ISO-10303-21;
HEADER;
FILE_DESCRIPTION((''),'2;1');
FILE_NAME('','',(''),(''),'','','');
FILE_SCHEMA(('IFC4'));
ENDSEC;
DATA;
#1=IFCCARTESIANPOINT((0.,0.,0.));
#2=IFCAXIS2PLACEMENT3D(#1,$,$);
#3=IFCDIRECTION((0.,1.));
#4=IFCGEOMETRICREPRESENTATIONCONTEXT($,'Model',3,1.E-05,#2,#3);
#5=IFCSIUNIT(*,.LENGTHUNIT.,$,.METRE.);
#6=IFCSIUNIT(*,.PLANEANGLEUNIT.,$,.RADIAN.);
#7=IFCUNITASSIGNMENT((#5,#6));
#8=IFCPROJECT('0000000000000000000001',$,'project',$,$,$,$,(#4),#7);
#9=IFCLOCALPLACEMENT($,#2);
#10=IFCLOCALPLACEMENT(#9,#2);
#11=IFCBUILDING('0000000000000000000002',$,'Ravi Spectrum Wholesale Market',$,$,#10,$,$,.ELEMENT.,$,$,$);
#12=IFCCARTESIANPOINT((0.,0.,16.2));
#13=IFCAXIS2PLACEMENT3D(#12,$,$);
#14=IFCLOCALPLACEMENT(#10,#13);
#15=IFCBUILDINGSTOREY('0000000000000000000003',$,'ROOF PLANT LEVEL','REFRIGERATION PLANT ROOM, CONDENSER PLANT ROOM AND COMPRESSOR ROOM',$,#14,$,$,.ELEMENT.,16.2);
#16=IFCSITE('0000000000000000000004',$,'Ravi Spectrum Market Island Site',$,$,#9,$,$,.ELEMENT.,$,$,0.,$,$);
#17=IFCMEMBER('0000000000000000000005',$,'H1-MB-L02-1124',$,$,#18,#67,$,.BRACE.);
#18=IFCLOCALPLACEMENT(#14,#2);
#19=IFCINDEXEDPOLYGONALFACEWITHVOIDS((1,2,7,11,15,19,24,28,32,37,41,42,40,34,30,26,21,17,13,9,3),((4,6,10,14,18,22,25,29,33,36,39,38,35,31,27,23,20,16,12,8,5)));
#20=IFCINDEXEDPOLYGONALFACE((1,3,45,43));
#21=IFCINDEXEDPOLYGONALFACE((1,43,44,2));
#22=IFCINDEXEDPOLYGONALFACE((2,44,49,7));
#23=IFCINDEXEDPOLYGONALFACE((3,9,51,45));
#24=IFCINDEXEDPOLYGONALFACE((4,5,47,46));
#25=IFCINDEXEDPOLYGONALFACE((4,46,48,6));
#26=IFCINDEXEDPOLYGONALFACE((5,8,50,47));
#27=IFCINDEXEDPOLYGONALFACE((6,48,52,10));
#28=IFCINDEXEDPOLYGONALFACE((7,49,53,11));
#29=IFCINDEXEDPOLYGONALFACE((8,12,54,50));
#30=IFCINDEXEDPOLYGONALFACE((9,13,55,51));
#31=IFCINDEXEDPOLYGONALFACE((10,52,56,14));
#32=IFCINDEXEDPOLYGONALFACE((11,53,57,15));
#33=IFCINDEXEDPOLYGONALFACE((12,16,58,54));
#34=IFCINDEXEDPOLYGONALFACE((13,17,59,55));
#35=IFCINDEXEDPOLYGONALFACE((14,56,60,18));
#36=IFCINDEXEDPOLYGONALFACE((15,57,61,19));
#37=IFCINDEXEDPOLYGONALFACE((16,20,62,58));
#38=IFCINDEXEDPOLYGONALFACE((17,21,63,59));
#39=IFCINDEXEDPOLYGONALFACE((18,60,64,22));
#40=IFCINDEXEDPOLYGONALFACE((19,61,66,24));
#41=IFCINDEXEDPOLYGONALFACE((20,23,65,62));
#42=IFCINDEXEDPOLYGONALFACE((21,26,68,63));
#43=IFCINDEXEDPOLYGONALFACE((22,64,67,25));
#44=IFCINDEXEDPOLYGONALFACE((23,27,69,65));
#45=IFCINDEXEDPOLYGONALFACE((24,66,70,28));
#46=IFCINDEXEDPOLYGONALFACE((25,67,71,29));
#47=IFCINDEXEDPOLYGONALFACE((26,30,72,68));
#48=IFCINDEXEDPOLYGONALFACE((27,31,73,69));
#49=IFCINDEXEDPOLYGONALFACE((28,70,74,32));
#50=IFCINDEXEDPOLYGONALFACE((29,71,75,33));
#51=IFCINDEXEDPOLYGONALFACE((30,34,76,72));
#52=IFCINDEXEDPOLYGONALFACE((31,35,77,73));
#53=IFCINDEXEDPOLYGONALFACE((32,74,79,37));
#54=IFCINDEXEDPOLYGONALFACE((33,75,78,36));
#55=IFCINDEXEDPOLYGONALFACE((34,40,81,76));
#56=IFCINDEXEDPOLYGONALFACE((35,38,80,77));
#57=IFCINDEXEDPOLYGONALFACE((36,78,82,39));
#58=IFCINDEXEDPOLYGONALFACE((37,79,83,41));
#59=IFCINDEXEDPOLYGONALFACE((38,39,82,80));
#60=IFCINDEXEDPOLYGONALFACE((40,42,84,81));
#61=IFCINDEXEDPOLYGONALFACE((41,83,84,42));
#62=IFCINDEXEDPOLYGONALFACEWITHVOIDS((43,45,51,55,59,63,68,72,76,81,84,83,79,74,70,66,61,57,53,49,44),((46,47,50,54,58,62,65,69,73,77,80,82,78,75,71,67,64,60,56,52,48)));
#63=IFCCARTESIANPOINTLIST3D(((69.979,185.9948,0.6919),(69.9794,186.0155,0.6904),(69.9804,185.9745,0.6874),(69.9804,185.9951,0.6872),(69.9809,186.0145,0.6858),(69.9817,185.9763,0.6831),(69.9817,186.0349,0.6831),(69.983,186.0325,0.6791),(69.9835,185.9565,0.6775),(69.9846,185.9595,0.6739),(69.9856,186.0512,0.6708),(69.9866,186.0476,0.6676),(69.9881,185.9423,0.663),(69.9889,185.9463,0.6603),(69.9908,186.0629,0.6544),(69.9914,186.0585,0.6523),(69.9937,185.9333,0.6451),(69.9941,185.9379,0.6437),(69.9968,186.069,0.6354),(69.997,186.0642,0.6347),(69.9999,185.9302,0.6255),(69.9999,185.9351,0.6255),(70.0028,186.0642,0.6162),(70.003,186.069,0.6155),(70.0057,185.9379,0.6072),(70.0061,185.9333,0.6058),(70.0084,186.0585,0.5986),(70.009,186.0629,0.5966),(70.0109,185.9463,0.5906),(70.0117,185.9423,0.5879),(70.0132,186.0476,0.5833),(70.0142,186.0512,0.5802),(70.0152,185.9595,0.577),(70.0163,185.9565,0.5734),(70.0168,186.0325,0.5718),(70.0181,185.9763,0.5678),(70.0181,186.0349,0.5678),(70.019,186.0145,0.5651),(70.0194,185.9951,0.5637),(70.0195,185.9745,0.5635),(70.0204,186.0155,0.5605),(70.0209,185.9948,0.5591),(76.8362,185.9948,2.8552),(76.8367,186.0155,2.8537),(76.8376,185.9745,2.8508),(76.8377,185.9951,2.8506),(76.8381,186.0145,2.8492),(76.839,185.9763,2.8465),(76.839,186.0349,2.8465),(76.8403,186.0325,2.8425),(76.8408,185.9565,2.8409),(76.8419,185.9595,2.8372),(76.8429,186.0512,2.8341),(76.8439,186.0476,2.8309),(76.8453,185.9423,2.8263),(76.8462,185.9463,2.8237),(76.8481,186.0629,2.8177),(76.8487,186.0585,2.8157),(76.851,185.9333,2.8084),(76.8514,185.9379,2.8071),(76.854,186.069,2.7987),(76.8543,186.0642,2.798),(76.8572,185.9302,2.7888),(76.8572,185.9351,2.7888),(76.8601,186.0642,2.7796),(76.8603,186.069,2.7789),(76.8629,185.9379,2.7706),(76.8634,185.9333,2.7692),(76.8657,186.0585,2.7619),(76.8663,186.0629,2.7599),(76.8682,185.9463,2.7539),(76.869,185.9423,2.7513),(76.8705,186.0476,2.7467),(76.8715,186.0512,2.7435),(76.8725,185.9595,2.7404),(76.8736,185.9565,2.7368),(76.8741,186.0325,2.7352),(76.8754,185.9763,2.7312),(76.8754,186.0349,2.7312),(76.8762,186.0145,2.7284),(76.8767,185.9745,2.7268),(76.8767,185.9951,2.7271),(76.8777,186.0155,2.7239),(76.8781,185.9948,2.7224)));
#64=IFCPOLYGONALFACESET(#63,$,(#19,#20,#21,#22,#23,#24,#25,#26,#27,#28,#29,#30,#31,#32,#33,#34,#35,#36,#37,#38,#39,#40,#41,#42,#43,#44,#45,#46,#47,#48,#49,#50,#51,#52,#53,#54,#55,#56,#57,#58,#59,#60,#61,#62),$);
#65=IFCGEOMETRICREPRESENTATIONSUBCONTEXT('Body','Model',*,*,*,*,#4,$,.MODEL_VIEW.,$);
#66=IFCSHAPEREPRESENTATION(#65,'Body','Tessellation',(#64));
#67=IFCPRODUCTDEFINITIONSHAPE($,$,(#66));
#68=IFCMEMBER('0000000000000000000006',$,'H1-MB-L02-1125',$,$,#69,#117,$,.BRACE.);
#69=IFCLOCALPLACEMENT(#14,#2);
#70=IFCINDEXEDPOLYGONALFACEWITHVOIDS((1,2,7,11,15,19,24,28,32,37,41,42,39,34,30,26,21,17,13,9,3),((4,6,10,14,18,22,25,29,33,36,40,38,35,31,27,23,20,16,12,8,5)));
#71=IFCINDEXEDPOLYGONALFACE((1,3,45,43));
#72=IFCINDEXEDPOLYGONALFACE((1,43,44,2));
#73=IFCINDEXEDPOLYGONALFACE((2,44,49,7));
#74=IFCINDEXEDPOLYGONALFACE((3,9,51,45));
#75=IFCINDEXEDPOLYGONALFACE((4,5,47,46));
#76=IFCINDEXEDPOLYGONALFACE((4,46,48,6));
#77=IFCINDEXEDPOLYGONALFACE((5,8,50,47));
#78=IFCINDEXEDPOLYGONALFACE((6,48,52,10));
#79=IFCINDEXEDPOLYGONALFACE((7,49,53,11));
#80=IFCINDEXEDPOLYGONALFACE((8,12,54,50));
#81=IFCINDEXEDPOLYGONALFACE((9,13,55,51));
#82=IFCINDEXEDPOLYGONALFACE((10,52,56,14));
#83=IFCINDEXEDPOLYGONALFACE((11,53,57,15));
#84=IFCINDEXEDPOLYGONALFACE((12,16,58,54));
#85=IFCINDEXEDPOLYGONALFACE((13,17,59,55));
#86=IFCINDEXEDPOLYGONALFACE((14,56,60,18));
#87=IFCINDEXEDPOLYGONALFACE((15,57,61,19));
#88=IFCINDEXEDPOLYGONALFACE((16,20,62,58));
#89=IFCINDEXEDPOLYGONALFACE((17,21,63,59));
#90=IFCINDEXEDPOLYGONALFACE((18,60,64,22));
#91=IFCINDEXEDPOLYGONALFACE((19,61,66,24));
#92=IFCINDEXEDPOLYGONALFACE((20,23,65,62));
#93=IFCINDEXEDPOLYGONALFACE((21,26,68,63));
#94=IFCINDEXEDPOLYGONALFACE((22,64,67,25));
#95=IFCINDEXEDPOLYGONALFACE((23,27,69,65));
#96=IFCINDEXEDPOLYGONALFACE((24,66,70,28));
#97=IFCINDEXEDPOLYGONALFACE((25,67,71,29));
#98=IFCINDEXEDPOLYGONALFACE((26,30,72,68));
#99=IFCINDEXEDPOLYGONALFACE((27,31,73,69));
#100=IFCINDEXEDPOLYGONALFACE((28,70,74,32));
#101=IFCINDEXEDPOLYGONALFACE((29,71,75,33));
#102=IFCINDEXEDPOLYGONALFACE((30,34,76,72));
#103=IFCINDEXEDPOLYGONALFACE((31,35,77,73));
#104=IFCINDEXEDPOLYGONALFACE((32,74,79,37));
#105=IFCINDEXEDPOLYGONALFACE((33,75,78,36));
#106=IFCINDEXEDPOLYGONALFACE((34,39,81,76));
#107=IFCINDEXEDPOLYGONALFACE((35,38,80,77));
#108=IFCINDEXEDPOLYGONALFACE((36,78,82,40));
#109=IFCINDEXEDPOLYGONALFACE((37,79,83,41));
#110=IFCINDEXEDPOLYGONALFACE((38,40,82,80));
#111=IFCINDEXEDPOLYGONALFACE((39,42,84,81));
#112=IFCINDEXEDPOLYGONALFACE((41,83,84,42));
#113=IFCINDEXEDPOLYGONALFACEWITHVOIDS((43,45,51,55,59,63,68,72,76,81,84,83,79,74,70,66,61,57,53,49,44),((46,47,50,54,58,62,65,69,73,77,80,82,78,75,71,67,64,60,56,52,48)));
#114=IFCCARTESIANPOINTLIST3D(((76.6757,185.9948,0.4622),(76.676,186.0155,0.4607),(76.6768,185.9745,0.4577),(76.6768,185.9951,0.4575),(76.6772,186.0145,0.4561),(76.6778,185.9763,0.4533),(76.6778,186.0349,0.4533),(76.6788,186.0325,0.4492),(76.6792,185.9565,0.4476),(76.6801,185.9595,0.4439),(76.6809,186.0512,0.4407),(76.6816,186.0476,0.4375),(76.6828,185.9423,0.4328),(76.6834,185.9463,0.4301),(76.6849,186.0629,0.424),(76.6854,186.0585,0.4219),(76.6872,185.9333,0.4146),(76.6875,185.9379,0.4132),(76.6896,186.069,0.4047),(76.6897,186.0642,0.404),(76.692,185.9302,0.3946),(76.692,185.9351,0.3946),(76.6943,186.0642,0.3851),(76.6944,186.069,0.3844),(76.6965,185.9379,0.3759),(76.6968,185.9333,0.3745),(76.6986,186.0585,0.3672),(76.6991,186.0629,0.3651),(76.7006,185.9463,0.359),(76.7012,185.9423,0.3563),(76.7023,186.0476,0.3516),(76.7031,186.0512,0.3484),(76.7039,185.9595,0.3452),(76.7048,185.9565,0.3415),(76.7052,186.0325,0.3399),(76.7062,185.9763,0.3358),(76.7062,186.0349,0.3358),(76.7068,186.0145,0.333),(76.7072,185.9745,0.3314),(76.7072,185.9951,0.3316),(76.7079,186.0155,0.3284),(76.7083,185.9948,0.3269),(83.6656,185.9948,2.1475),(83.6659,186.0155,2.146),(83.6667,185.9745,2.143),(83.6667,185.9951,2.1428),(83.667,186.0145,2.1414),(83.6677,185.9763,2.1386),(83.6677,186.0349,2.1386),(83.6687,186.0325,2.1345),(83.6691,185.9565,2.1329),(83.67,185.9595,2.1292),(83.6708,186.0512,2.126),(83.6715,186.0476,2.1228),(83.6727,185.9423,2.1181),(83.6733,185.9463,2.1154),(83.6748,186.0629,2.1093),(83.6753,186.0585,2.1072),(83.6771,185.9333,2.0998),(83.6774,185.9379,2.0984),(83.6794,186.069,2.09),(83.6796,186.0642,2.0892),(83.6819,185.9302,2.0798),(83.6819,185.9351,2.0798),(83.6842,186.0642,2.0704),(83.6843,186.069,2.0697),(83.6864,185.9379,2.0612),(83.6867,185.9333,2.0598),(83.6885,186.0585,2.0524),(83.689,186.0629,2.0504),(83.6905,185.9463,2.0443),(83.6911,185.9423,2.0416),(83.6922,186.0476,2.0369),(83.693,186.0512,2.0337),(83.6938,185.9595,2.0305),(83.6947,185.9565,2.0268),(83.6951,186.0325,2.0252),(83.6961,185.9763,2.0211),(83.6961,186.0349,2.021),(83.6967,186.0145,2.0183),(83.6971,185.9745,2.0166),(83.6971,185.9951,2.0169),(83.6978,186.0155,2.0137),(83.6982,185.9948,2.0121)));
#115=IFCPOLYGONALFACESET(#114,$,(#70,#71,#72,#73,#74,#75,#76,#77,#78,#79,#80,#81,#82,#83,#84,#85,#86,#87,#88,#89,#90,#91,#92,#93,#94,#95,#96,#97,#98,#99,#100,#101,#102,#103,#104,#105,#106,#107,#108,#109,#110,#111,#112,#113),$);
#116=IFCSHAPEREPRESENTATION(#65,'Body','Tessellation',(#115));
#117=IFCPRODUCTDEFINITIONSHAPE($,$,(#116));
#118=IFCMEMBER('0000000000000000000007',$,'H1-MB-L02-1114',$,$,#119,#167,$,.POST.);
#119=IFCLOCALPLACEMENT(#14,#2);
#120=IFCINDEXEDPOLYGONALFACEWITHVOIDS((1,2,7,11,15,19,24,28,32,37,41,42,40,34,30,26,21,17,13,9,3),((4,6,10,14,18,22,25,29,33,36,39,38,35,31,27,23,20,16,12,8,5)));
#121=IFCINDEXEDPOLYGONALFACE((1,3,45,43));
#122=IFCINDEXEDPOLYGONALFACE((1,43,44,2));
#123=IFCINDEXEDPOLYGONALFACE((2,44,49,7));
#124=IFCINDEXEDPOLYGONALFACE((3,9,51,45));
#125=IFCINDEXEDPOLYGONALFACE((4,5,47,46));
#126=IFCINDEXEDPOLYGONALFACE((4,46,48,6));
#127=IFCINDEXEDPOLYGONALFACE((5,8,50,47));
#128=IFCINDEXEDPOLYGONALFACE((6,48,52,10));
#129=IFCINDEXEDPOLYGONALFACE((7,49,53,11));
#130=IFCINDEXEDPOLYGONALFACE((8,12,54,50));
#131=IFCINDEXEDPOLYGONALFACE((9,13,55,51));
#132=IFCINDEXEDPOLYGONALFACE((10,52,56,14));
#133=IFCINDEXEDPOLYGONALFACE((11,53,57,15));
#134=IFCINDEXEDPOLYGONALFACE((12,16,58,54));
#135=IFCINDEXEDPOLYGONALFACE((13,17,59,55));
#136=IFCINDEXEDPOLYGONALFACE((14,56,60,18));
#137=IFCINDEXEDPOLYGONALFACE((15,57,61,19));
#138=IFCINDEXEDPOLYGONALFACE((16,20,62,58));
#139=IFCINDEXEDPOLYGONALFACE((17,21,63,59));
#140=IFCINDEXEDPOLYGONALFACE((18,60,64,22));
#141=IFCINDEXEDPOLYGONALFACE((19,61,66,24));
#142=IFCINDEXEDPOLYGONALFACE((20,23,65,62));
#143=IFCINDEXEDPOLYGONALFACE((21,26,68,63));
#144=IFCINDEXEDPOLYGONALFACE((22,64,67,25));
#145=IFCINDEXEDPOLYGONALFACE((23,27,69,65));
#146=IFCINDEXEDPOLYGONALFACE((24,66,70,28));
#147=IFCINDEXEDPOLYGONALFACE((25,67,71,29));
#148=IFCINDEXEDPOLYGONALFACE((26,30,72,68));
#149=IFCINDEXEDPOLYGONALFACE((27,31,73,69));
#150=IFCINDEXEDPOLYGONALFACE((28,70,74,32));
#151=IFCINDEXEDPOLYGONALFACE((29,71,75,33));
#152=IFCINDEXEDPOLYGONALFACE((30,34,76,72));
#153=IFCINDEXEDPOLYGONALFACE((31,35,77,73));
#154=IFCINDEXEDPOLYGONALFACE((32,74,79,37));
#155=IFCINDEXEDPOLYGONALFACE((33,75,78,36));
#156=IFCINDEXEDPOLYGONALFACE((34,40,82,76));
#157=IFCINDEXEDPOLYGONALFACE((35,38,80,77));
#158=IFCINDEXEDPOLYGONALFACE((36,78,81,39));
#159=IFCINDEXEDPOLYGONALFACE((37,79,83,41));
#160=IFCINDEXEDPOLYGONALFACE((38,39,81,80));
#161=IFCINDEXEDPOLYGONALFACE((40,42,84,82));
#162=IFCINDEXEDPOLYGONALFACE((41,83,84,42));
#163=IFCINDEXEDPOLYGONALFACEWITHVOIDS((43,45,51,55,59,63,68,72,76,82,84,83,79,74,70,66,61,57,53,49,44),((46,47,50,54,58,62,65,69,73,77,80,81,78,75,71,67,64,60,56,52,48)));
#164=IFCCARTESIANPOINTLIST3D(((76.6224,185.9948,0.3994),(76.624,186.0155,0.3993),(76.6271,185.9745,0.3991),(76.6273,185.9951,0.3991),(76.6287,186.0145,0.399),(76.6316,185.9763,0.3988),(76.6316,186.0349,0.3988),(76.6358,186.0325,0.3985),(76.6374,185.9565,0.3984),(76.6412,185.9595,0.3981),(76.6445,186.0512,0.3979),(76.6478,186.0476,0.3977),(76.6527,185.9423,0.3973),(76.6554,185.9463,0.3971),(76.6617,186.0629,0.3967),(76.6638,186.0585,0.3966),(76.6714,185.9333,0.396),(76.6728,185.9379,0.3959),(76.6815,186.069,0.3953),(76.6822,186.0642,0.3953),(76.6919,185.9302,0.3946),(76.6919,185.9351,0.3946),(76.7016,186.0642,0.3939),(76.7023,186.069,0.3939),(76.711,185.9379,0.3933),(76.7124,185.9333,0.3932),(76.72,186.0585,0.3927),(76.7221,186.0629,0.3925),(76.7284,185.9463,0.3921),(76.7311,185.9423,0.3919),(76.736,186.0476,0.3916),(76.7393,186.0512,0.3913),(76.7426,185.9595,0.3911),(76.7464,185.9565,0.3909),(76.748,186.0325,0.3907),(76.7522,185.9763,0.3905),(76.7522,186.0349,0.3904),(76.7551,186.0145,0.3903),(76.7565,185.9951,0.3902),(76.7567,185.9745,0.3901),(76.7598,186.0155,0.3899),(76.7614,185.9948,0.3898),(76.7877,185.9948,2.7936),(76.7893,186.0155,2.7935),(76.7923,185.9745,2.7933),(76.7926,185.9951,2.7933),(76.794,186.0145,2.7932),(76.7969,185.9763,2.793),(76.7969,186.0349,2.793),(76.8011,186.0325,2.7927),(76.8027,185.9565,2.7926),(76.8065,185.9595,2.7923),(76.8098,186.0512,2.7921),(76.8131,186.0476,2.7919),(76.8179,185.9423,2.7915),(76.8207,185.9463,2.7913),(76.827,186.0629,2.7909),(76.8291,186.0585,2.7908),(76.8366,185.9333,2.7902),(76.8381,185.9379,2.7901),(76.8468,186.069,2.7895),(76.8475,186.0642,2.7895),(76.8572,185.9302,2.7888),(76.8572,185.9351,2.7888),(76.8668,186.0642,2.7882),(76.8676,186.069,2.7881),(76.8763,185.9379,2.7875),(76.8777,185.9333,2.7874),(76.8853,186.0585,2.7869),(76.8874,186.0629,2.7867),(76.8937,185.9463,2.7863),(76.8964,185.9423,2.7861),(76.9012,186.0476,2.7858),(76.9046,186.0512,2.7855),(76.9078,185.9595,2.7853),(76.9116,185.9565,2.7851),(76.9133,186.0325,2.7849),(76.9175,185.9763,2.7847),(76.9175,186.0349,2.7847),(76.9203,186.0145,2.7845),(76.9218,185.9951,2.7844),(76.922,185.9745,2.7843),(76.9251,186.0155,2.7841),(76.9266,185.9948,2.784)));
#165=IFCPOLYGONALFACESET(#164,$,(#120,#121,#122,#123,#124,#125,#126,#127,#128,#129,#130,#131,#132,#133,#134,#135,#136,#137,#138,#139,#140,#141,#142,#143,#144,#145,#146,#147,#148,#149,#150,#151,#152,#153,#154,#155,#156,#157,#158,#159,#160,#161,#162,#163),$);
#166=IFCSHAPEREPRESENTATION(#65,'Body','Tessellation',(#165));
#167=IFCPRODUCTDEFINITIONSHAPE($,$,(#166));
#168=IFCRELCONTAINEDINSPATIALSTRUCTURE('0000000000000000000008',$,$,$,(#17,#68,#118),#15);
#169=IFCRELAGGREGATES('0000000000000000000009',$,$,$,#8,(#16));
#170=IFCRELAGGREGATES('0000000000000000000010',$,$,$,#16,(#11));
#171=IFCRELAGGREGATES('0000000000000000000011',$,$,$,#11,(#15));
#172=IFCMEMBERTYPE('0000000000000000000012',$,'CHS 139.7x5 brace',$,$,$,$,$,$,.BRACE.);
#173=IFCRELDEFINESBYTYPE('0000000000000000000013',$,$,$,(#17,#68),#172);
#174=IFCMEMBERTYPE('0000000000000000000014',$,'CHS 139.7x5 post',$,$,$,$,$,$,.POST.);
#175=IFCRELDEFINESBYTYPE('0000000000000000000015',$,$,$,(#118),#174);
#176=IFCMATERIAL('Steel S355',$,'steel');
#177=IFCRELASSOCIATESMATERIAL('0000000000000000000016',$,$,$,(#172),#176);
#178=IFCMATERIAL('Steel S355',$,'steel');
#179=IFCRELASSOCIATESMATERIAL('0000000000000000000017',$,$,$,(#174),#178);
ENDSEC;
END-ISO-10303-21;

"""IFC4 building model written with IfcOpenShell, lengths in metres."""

from ifc_helpers import new_model, si_unit, direction, frame, origin, origin_2d, place, context, subcontext, project, spatial, hollow_circle, extrude, material, material_profile, profile_set, type_object, element, save


model = new_model("IFC4")

# Units and contexts
model_context = context("Model", 3, precision=1e-05, world=origin(), true_north=direction((0.0, 1.0)))
body_context = subcontext(model_context, "Body", "Model", "MODEL_VIEW")
ifc_project = project(units=[si_unit("LENGTHUNIT", "METRE"), si_unit("PLANEANGLEUNIT", "RADIAN")], contexts=[model_context])

# Site, building, storey
site_placement = place(None, origin())
site = spatial("IfcSite", under=ifc_project, at=site_placement, Name="Ravi Spectrum Market Island Site", CompositionType="ELEMENT", RefElevation=0.0)
building_placement = place(site_placement, origin())
building = spatial("IfcBuilding", under=site, at=building_placement, Name="Ravi Spectrum Wholesale Market", CompositionType="ELEMENT")
storey_placement = place(building_placement, frame((0.0, 0.0, 16.2)))
storey = spatial("IfcBuildingStorey", under=building, at=storey_placement, Name="ROOF PLANT LEVEL", Description="REFRIGERATION PLANT ROOM, CONDENSER PLANT ROOM AND COMPRESSOR ROOM", CompositionType="ELEMENT", Elevation=16.2)

# Members
ifc_material_1 = material(Name="Steel S355", Category="steel")
ifc_material_profile_1 = material_profile(ifc_material_1, hollow_circle(Radius=0.0698, WallThickness=0.0049, at=origin_2d()))
ifc_profile_set_1 = profile_set([ifc_material_profile_1], Name="Steel S355")
member_type_1 = type_object("IfcMemberType", Name="CHS 139.7x5 brace", PredefinedType="BRACE", material=ifc_profile_set_1)
member_1_placement = place(storey_placement, frame((76.8572, 186.0, 2.7888), z_axis=(-0.953666, 0.0, -0.300866), x_axis=(0.0, -1.0, 0.0)))
element("IfcMember", 1, at=member_1_placement, inside=storey, type_object=member_type_1, Name="H1-MB-L02-1124", PredefinedType="BRACE", context=body_context, shape_type="SweptSolid", body=[
    extrude(hollow_circle(Radius=0.0698, WallThickness=0.0049, at=origin_2d()), origin(), (0.0, 0.0, 1.0), 7.1904),
])
member_2_placement = place(storey_placement, frame((83.6819, 186.0, 2.0798), z_axis=(-0.972144, 0.0, -0.234386), x_axis=(0.0, -1.0, 0.0)))
element("IfcMember", 2, at=member_2_placement, inside=storey, type_object=member_type_1, Name="H1-MB-L02-1125", PredefinedType="BRACE", context=body_context, shape_type="SweptSolid", body=[
    extrude(hollow_circle(Radius=0.0698, WallThickness=0.0049, at=origin_2d()), origin(), (0.0, 0.0, 1.0), 7.1902),
])
ifc_material_2 = material(Name="Steel S355", Category="steel")
ifc_material_profile_2 = material_profile(ifc_material_2, hollow_circle(Radius=0.0698, WallThickness=0.0049, at=origin_2d()))
ifc_profile_set_2 = profile_set([ifc_material_profile_2], Name="Steel S355")
member_type_2 = type_object("IfcMemberType", Name="CHS 139.7x5 post", PredefinedType="POST", material=ifc_profile_set_2)
member_3_placement = place(storey_placement, frame((76.8572, 186.0, 2.7888), z_axis=(-0.068868, 0.0, -0.997626), x_axis=(0.0, -1.0, 0.0)))
element("IfcMember", 3, at=member_3_placement, inside=storey, type_object=member_type_2, Name="H1-MB-L02-1114", PredefinedType="POST", context=body_context, shape_type="SweptSolid", body=[
    extrude(hollow_circle(Radius=0.0698, WallThickness=0.0049, at=origin_2d()), origin(), (0.0, 0.0, 1.0), 2.3999),
])

save(model, "model.ifc")
